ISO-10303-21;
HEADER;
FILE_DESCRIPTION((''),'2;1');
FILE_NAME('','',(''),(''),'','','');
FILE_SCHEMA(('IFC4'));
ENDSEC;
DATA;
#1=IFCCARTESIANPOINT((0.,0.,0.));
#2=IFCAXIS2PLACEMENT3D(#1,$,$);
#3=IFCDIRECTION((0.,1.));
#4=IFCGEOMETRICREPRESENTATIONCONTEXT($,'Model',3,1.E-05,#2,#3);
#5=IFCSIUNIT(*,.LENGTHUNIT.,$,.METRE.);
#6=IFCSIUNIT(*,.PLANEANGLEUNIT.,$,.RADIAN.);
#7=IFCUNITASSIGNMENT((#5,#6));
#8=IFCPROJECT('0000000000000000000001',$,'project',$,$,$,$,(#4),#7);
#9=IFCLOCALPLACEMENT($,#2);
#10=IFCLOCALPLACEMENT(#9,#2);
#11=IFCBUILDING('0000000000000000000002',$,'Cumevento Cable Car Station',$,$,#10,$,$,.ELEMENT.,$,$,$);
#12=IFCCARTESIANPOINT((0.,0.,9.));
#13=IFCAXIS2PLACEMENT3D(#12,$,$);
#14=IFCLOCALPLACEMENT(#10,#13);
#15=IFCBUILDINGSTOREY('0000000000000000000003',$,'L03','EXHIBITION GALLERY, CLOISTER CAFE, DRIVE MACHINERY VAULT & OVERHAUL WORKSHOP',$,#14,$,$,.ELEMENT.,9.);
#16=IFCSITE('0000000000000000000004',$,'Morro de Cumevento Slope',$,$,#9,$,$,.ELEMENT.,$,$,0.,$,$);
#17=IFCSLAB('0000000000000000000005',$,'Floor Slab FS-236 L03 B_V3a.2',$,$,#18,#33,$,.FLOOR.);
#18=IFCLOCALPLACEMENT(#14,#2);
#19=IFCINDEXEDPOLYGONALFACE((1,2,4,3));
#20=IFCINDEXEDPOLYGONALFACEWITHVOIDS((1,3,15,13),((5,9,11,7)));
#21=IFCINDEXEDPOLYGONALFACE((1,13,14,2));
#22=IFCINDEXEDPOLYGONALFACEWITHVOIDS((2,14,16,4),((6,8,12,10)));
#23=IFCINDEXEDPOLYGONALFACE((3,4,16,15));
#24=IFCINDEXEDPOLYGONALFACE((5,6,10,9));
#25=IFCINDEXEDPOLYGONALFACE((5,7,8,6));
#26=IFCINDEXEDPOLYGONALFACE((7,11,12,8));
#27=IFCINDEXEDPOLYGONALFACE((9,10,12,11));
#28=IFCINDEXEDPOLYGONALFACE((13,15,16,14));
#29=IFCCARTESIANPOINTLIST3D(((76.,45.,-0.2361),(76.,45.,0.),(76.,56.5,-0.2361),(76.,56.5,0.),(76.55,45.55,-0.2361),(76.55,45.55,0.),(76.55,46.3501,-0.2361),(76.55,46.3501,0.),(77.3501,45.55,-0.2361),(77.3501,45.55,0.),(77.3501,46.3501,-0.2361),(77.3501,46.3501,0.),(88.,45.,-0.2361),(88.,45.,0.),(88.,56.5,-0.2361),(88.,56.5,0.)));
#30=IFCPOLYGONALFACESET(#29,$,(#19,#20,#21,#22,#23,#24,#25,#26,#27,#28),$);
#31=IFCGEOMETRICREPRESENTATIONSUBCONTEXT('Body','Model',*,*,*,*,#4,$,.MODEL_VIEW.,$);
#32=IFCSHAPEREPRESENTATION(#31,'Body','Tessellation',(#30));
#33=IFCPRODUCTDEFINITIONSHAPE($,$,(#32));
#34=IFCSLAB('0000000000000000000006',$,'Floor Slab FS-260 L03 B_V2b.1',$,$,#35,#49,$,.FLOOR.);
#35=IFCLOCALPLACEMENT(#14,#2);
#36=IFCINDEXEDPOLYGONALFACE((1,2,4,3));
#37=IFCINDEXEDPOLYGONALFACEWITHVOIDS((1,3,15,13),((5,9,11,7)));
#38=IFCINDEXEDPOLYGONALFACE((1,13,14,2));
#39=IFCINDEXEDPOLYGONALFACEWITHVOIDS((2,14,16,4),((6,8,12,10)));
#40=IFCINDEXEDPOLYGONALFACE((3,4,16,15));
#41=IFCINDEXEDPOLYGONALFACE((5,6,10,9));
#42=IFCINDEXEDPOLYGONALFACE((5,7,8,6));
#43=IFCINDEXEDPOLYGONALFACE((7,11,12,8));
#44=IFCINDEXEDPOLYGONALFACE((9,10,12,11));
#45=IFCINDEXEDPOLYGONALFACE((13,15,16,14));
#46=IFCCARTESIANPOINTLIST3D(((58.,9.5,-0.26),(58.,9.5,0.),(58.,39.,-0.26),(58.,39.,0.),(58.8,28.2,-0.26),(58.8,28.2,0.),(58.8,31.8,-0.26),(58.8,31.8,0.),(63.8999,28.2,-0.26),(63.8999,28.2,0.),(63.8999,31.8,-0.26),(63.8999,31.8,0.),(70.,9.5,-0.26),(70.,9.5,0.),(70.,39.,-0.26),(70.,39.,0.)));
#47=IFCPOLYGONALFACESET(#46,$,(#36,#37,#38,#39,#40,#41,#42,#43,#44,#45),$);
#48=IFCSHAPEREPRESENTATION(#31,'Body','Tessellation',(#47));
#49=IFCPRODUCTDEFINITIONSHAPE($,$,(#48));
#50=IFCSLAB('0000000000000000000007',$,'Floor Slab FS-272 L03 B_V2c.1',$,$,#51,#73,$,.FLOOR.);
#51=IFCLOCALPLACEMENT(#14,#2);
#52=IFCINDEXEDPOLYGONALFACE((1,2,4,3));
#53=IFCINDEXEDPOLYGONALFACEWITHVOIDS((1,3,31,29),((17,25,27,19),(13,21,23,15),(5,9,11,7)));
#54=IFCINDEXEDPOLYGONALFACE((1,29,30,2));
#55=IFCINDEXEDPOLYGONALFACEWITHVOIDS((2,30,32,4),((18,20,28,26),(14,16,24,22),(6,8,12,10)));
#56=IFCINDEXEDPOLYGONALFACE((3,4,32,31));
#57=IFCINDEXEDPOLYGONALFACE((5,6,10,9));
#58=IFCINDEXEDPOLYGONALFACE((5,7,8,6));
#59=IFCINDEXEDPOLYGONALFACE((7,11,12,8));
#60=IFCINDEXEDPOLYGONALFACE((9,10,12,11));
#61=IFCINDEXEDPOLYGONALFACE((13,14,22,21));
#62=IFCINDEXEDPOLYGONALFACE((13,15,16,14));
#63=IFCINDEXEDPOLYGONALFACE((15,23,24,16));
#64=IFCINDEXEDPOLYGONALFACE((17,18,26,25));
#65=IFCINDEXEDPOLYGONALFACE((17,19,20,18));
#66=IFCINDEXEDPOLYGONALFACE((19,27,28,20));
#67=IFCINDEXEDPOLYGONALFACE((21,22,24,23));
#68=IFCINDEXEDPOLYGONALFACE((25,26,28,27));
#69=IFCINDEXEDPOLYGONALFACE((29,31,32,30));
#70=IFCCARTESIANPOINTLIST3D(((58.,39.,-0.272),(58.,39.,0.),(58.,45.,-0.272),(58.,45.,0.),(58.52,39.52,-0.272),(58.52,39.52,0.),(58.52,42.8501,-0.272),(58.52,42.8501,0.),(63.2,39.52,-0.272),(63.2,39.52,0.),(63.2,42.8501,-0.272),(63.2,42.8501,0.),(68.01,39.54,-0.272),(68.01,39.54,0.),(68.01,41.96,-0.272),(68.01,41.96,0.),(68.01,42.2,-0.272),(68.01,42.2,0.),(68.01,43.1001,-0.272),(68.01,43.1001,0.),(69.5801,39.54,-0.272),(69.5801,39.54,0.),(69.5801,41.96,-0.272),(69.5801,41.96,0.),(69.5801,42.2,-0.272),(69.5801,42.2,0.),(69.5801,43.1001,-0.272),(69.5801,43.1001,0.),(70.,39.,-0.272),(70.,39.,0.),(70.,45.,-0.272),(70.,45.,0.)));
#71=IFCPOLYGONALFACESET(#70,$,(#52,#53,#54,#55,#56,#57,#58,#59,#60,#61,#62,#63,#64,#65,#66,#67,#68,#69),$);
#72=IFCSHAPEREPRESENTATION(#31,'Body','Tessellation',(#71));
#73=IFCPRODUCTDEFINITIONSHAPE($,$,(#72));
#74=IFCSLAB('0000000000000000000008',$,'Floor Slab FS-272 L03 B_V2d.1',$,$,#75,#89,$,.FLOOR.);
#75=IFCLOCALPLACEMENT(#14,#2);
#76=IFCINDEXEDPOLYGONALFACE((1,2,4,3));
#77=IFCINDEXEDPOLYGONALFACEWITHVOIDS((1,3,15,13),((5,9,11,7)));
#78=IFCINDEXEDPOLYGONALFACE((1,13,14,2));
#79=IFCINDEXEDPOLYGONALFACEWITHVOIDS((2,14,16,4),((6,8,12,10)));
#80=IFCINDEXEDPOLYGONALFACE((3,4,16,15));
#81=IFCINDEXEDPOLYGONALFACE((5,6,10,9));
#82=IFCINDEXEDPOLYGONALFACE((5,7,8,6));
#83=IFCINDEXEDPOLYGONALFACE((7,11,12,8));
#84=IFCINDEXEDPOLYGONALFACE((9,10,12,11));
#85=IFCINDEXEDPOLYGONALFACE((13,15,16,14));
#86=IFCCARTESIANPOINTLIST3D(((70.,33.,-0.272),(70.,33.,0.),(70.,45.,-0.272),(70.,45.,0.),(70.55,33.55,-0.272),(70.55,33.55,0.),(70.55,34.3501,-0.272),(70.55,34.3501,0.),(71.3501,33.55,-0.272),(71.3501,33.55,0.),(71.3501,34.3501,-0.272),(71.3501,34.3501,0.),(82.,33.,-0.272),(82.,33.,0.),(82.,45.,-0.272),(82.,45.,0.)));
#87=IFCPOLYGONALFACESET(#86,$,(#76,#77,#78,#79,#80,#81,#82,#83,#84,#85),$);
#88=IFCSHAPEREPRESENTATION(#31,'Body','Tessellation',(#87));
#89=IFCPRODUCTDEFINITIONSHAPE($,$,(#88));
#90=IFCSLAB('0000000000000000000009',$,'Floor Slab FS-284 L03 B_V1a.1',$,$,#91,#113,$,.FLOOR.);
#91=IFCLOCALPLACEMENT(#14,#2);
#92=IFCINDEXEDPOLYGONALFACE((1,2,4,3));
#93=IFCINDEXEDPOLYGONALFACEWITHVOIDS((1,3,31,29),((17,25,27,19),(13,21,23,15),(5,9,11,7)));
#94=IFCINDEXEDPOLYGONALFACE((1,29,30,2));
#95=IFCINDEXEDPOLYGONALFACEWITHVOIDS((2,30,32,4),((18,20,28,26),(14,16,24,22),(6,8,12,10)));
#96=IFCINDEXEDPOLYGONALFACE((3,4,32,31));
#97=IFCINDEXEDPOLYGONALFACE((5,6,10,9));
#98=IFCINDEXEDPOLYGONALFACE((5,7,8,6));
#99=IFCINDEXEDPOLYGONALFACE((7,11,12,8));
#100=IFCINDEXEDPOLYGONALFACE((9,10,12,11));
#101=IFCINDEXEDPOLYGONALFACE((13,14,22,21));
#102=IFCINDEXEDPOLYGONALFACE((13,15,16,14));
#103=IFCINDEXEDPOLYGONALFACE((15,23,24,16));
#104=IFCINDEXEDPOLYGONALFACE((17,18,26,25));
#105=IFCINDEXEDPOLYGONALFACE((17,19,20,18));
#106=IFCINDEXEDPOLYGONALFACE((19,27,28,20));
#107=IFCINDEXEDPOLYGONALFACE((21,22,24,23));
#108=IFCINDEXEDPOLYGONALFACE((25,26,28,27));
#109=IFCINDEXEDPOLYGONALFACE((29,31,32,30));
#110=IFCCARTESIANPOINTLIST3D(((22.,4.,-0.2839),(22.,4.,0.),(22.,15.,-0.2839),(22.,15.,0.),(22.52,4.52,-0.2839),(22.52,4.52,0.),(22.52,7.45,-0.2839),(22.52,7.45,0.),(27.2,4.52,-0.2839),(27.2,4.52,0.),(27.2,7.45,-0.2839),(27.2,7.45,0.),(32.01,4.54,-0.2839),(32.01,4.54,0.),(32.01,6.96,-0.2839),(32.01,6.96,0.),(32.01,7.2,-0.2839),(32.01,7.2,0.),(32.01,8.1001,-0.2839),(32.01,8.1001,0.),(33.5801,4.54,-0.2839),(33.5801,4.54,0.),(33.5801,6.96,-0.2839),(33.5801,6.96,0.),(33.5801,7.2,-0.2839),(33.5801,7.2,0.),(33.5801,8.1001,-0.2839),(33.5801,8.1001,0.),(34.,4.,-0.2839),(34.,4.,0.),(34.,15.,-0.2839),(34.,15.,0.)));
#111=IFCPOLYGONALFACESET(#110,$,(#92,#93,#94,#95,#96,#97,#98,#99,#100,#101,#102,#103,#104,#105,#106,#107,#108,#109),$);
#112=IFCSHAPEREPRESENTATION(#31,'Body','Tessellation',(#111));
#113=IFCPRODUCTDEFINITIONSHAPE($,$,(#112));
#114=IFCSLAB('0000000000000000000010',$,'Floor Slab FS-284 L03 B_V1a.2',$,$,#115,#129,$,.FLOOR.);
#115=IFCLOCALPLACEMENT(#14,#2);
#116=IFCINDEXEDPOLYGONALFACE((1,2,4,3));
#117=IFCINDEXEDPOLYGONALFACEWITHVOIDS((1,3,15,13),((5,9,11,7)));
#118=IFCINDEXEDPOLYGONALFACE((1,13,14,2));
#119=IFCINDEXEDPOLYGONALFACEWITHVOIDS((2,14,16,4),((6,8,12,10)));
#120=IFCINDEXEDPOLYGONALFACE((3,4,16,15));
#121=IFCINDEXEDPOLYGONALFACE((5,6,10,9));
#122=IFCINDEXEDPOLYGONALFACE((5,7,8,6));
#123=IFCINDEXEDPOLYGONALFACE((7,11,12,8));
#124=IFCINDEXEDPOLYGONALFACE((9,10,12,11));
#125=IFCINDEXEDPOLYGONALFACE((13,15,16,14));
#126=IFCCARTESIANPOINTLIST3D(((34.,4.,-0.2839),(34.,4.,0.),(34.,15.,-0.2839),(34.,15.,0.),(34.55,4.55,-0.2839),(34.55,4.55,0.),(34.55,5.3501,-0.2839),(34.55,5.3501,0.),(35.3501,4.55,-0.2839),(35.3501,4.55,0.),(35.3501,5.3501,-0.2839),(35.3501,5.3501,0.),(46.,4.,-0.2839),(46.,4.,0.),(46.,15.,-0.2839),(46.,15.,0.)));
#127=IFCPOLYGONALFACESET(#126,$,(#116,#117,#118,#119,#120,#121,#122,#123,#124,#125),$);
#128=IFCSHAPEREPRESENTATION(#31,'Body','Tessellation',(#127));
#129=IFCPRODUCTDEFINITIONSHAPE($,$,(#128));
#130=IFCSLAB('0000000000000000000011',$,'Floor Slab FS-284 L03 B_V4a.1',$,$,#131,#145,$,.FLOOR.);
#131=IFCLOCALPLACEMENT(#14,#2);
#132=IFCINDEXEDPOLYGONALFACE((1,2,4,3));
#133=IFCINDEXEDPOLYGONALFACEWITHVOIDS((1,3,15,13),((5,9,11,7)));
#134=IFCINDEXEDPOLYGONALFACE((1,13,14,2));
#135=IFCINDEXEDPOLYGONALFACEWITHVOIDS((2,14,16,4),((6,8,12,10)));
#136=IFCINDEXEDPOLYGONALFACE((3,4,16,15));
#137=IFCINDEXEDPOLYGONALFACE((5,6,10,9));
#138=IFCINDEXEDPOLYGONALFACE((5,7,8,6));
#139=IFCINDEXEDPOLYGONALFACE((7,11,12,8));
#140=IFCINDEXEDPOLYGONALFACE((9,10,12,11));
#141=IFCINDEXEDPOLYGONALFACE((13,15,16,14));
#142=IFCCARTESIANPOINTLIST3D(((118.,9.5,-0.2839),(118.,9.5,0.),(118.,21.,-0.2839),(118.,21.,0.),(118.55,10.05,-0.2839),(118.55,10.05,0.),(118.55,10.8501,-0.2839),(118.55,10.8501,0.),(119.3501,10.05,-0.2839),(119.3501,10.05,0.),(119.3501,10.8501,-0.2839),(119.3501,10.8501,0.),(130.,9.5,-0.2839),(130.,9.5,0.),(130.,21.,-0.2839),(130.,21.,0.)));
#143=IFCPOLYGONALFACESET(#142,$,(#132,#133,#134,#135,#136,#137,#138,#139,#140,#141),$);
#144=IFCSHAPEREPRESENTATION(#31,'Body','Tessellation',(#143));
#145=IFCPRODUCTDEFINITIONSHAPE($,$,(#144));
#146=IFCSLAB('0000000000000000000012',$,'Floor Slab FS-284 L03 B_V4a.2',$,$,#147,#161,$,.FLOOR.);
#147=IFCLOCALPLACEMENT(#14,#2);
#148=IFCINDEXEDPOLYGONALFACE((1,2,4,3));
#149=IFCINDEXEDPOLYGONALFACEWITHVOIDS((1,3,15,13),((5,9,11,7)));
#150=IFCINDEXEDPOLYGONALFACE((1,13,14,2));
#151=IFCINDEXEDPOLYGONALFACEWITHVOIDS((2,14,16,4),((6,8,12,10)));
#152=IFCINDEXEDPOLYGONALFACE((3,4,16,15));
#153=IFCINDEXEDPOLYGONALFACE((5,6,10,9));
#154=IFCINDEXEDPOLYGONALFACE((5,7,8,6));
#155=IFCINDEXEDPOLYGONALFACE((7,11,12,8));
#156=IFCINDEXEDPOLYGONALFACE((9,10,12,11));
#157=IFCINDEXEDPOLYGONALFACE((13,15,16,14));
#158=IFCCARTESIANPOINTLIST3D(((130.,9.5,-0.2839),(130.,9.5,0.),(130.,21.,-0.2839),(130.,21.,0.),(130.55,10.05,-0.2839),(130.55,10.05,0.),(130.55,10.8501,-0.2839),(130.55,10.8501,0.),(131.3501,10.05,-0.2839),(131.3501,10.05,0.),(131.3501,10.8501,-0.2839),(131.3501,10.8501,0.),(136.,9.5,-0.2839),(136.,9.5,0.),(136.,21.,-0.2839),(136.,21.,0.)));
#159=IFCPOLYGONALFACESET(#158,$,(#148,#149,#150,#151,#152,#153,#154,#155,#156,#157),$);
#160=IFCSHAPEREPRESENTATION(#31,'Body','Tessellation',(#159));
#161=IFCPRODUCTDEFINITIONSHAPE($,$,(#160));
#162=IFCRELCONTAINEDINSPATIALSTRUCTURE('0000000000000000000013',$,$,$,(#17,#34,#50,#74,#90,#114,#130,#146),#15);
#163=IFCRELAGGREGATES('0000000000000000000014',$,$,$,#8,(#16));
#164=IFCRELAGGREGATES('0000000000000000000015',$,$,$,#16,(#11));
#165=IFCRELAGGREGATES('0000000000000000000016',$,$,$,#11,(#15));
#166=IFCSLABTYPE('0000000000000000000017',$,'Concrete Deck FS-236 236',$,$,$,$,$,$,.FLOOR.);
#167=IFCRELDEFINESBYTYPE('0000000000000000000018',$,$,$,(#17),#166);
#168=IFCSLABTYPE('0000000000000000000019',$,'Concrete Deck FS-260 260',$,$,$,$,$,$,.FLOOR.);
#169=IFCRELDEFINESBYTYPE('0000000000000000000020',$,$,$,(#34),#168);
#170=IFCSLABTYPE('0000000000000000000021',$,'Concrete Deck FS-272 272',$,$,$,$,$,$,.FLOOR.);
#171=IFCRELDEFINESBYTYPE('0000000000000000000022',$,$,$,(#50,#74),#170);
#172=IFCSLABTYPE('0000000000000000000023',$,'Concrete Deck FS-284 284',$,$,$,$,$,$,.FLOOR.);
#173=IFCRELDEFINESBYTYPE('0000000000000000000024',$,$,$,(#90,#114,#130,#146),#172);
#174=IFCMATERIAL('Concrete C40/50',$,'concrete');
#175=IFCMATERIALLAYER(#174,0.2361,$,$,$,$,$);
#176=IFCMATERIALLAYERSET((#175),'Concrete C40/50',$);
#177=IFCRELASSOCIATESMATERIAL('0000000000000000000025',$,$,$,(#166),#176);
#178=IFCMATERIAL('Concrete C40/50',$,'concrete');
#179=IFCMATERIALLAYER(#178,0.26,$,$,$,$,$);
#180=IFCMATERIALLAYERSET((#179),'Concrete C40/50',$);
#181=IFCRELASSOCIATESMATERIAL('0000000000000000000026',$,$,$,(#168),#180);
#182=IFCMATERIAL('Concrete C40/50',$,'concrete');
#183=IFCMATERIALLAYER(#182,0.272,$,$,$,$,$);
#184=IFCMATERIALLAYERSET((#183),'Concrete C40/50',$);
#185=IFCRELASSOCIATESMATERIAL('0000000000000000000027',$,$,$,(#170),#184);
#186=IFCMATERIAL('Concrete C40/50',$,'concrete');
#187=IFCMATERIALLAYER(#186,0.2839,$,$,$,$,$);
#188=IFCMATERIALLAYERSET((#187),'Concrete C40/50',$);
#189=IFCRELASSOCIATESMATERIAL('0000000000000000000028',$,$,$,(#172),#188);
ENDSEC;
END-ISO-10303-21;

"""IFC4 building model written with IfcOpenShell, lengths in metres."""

from ifc_helpers import new_model, si_unit, direction, frame, origin, place, context, subcontext, project, spatial, polyline, outline, extrude, material, layer, layer_set, type_object, element, save


model = new_model("IFC4")

# Units and contexts
model_context = context("Model", 3, precision=1e-05, world=origin(), true_north=direction((0.0, 1.0)))
body_context = subcontext(model_context, "Body", "Model", "MODEL_VIEW")
ifc_project = project(units=[si_unit("LENGTHUNIT", "METRE"), si_unit("PLANEANGLEUNIT", "RADIAN")], contexts=[model_context])

# Site, building, storey
site_placement = place(None, origin())
site = spatial("IfcSite", under=ifc_project, at=site_placement, Name="Morro de Cumevento Slope", CompositionType="ELEMENT", RefElevation=0.0)
building_placement = place(site_placement, origin())
building = spatial("IfcBuilding", under=site, at=building_placement, Name="Cumevento Cable Car Station", CompositionType="ELEMENT")
storey_placement = place(building_placement, frame((0.0, 0.0, 9.0)))
storey = spatial("IfcBuildingStorey", under=building, at=storey_placement, Name="L03", Description="EXHIBITION GALLERY, CLOISTER CAFE, DRIVE MACHINERY VAULT & OVERHAUL WORKSHOP", CompositionType="ELEMENT", Elevation=9.0)

# Slabs
ifc_material_1 = material(Name="Concrete C40/50", Category="concrete")
ifc_layer_1 = layer(ifc_material_1, 0.2361)
ifc_layer_set_1 = layer_set([ifc_layer_1], Name="Concrete C40/50")
slab_type_1 = type_object("IfcSlabType", Name="Concrete Deck FS-236 236", PredefinedType="FLOOR", material=ifc_layer_set_1)
slab_1_placement = place(storey_placement, frame((0.0, 0.0, -0.2361)))
element("IfcSlab", 1, at=slab_1_placement, inside=storey, type_object=slab_type_1, Name="Floor Slab FS-236 L03 B_V3a.2", PredefinedType="FLOOR", context=body_context, shape_type="SweptSolid", body=[
    extrude(outline(polyline([(76.0, 45.0), (88.0, 45.0), (88.0, 56.5), (76.0, 56.5), (76.0, 45.0)]), holes=[polyline([(76.55, 45.55), (77.3501, 45.55), (77.3501, 46.3501), (76.55, 46.3501), (76.55, 45.55)])]), origin(), (0.0, 0.0, 1.0), 0.2361),
])
ifc_material_2 = material(Name="Concrete C40/50", Category="concrete")
ifc_layer_2 = layer(ifc_material_2, 0.26)
ifc_layer_set_2 = layer_set([ifc_layer_2], Name="Concrete C40/50")
slab_type_2 = type_object("IfcSlabType", Name="Concrete Deck FS-260 260", PredefinedType="FLOOR", material=ifc_layer_set_2)
slab_2_placement = place(storey_placement, frame((0.0, 0.0, -0.26)))
element("IfcSlab", 2, at=slab_2_placement, inside=storey, type_object=slab_type_2, Name="Floor Slab FS-260 L03 B_V2b.1", PredefinedType="FLOOR", context=body_context, shape_type="SweptSolid", body=[
    extrude(outline(polyline([(58.0, 9.5), (70.0, 9.5), (70.0, 39.0), (58.0, 39.0), (58.0, 9.5)]), holes=[polyline([(58.8, 28.2), (63.8999, 28.2), (63.8999, 31.8), (58.8, 31.8), (58.8, 28.2)])]), origin(), (0.0, 0.0, 1.0), 0.26),
])
ifc_material_3 = material(Name="Concrete C40/50", Category="concrete")
ifc_layer_3 = layer(ifc_material_3, 0.272)
ifc_layer_set_3 = layer_set([ifc_layer_3], Name="Concrete C40/50")
slab_type_3 = type_object("IfcSlabType", Name="Concrete Deck FS-272 272", PredefinedType="FLOOR", material=ifc_layer_set_3)
slab_3_placement = place(storey_placement, frame((0.0, 0.0, -0.272)))
element("IfcSlab", 3, at=slab_3_placement, inside=storey, type_object=slab_type_3, Name="Floor Slab FS-272 L03 B_V2c.1", PredefinedType="FLOOR", context=body_context, shape_type="SweptSolid", body=[
    extrude(outline(polyline([(58.0, 39.0), (70.0, 39.0), (70.0, 45.0), (58.0, 45.0), (58.0, 39.0)]), holes=[polyline([(68.01, 39.54), (69.5801, 39.54), (69.5801, 41.96), (68.01, 41.96), (68.01, 39.54)]), polyline([(58.52, 39.52), (63.2, 39.52), (63.2, 42.8501), (58.52, 42.8501), (58.52, 39.52)]), polyline([(68.01, 42.2), (69.5801, 42.2), (69.5801, 43.1001), (68.01, 43.1001), (68.01, 42.2)])]), origin(), (0.0, 0.0, 1.0), 0.272),
])
slab_4_placement = place(storey_placement, frame((0.0, 0.0, -0.272)))
element("IfcSlab", 4, at=slab_4_placement, inside=storey, type_object=slab_type_3, Name="Floor Slab FS-272 L03 B_V2d.1", PredefinedType="FLOOR", context=body_context, shape_type="SweptSolid", body=[
    extrude(outline(polyline([(70.0, 33.0), (82.0, 33.0), (82.0, 45.0), (70.0, 45.0), (70.0, 33.0)]), holes=[polyline([(70.55, 33.55), (71.3501, 33.55), (71.3501, 34.3501), (70.55, 34.3501), (70.55, 33.55)])]), origin(), (0.0, 0.0, 1.0), 0.272),
])
ifc_material_4 = material(Name="Concrete C40/50", Category="concrete")
ifc_layer_4 = layer(ifc_material_4, 0.2839)
ifc_layer_set_4 = layer_set([ifc_layer_4], Name="Concrete C40/50")
slab_type_4 = type_object("IfcSlabType", Name="Concrete Deck FS-284 284", PredefinedType="FLOOR", material=ifc_layer_set_4)
slab_5_placement = place(storey_placement, frame((0.0, 0.0, -0.2839)))
element("IfcSlab", 5, at=slab_5_placement, inside=storey, type_object=slab_type_4, Name="Floor Slab FS-284 L03 B_V1a.1", PredefinedType="FLOOR", context=body_context, shape_type="SweptSolid", body=[
    extrude(outline(polyline([(22.0, 4.0), (34.0, 4.0), (34.0, 15.0), (22.0, 15.0), (22.0, 4.0)]), holes=[polyline([(32.01, 4.54), (33.5801, 4.54), (33.5801, 6.96), (32.01, 6.96), (32.01, 4.54)]), polyline([(22.52, 4.52), (27.2, 4.52), (27.2, 7.45), (22.52, 7.45), (22.52, 4.52)]), polyline([(32.01, 7.2), (33.5801, 7.2), (33.5801, 8.1001), (32.01, 8.1001), (32.01, 7.2)])]), origin(), (0.0, 0.0, 1.0), 0.2839),
])
slab_6_placement = place(storey_placement, frame((0.0, 0.0, -0.2839)))
element("IfcSlab", 6, at=slab_6_placement, inside=storey, type_object=slab_type_4, Name="Floor Slab FS-284 L03 B_V1a.2", PredefinedType="FLOOR", context=body_context, shape_type="SweptSolid", body=[
    extrude(outline(polyline([(34.0, 4.0), (46.0, 4.0), (46.0, 15.0), (34.0, 15.0), (34.0, 4.0)]), holes=[polyline([(34.55, 4.55), (35.3501, 4.55), (35.3501, 5.3501), (34.55, 5.3501), (34.55, 4.55)])]), origin(), (0.0, 0.0, 1.0), 0.2839),
])
slab_7_placement = place(storey_placement, frame((0.0, 0.0, -0.2839)))
element("IfcSlab", 7, at=slab_7_placement, inside=storey, type_object=slab_type_4, Name="Floor Slab FS-284 L03 B_V4a.1", PredefinedType="FLOOR", context=body_context, shape_type="SweptSolid", body=[
    extrude(outline(polyline([(118.0, 9.5), (130.0, 9.5), (130.0, 21.0), (118.0, 21.0), (118.0, 9.5)]), holes=[polyline([(118.55, 10.05), (119.3501, 10.05), (119.3501, 10.8501), (118.55, 10.8501), (118.55, 10.05)])]), origin(), (0.0, 0.0, 1.0), 0.2839),
])
slab_8_placement = place(storey_placement, frame((0.0, 0.0, -0.2839)))
element("IfcSlab", 8, at=slab_8_placement, inside=storey, type_object=slab_type_4, Name="Floor Slab FS-284 L03 B_V4a.2", PredefinedType="FLOOR", context=body_context, shape_type="SweptSolid", body=[
    extrude(outline(polyline([(130.0, 9.5), (136.0, 9.5), (136.0, 21.0), (130.0, 21.0), (130.0, 9.5)]), holes=[polyline([(130.55, 10.05), (131.3501, 10.05), (131.3501, 10.8501), (130.55, 10.8501), (130.55, 10.05)])]), origin(), (0.0, 0.0, 1.0), 0.2839),
])

save(model, "model.ifc")
